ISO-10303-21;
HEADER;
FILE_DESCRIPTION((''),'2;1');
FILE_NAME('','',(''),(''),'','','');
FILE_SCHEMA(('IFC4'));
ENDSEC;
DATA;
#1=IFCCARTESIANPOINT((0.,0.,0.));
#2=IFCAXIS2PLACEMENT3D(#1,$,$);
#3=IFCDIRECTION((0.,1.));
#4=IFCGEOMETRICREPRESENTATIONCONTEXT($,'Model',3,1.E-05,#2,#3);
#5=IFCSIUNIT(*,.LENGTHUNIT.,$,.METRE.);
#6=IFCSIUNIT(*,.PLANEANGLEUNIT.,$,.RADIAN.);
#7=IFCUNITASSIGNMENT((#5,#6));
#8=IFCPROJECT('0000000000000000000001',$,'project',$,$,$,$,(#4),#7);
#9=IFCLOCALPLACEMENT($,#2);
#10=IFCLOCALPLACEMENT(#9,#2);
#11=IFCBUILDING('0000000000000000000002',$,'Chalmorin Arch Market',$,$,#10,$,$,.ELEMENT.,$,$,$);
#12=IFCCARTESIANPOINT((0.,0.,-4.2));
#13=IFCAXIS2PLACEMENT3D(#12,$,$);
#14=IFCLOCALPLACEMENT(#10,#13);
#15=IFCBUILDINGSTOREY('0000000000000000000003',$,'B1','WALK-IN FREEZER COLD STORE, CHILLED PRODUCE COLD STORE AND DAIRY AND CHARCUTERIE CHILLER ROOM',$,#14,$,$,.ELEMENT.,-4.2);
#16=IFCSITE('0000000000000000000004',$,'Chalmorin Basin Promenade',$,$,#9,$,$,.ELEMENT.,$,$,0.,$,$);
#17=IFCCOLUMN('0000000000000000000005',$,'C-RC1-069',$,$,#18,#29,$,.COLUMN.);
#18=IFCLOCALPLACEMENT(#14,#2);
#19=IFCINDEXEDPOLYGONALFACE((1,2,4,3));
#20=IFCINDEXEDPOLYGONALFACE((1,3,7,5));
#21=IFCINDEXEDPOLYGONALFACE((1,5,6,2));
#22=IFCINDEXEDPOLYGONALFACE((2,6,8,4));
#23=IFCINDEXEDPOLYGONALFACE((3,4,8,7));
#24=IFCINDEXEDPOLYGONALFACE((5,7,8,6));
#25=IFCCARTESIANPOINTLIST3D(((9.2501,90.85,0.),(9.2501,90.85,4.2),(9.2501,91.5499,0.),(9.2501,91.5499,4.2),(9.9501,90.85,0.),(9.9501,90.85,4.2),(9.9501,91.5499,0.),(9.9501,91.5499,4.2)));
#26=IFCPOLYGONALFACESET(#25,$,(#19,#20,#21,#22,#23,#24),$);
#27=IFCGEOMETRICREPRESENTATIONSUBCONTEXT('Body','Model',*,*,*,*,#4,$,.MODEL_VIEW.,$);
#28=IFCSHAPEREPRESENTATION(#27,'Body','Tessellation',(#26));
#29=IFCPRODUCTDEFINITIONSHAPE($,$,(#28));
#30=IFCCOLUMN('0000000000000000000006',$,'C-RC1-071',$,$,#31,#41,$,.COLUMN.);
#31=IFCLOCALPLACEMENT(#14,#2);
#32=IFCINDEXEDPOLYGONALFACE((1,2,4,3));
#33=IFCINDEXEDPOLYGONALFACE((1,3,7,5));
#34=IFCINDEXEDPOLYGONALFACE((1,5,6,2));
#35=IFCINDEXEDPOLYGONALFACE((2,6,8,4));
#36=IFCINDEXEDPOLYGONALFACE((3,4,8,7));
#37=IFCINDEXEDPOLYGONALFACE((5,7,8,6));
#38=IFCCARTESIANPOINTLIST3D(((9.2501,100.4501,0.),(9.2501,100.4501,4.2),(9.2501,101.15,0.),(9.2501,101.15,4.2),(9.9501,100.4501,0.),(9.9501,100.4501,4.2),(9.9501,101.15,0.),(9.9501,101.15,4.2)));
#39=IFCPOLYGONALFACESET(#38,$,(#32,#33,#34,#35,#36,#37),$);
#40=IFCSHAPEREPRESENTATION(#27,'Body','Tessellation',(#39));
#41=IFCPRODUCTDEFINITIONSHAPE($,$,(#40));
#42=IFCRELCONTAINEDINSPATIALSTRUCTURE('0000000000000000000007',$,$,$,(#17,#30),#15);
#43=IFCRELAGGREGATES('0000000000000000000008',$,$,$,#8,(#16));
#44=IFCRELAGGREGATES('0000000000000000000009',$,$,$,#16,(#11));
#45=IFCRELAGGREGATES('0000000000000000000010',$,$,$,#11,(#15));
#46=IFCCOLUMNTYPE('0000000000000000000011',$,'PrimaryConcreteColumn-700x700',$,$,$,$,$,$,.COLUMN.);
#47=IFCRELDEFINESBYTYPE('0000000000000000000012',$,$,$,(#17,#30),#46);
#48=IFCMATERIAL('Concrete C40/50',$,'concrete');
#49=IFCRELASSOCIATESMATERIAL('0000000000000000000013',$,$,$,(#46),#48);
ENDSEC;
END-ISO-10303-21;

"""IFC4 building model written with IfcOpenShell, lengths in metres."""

from ifc_helpers import new_model, si_unit, direction, frame, origin, origin_2d, place, context, subcontext, project, spatial, rectangle, extrude, material, material_profile, profile_set, type_object, element, save


model = new_model("IFC4")

# Units and contexts
model_context = context("Model", 3, precision=1e-05, world=origin(), true_north=direction((0.0, 1.0)))
body_context = subcontext(model_context, "Body", "Model", "MODEL_VIEW")
ifc_project = project(units=[si_unit("LENGTHUNIT", "METRE"), si_unit("PLANEANGLEUNIT", "RADIAN")], contexts=[model_context])

# Site, building, storey
site_placement = place(None, origin())
site = spatial("IfcSite", under=ifc_project, at=site_placement, Name="Chalmorin Basin Promenade", CompositionType="ELEMENT", RefElevation=0.0)
building_placement = place(site_placement, origin())
building = spatial("IfcBuilding", under=site, at=building_placement, Name="Chalmorin Arch Market", CompositionType="ELEMENT")
storey_placement = place(building_placement, frame((0.0, 0.0, -4.2)))
storey = spatial("IfcBuildingStorey", under=building, at=storey_placement, Name="B1", Description="WALK-IN FREEZER COLD STORE, CHILLED PRODUCE COLD STORE AND DAIRY AND CHARCUTERIE CHILLER ROOM", CompositionType="ELEMENT", Elevation=-4.2)

# Shared definitions
ifc_material_1 = material(Name="Concrete C40/50", Category="concrete")

# Columns
ifc_material_profile_1 = material_profile(ifc_material_1, rectangle(XDim=0.7, YDim=0.7, at=origin_2d()), Name="RC700X700")
ifc_profile_set_1 = profile_set([ifc_material_profile_1], Name="Concrete C40/50")
column_type = type_object("IfcColumnType", Name="PrimaryConcreteColumn-700x700", PredefinedType="COLUMN", material=ifc_profile_set_1)
for number, where, z_axis, x_axis, name in (
    (1, (9.6001, 91.2, 0.0), (0.0, 0.0, 1.0), (1.0, 0.0, 0.0), "C-RC1-069"),
    (2, (9.6001, 100.8, 0.0), (0.0, 0.0, 1.0), (1.0, 0.0, 0.0), "C-RC1-071"),
):
    element("IfcColumn", number, at=place(storey_placement, frame(where, z_axis=z_axis, x_axis=x_axis)), inside=storey, type_object=column_type, Name=name, PredefinedType="COLUMN", context=body_context, shape_type="SweptSolid", body=[
        extrude(rectangle(XDim=0.7, YDim=0.7, at=origin_2d()), origin(), (0.0, 0.0, 1.0), 4.2),
    ])

save(model, "model.ifc")
